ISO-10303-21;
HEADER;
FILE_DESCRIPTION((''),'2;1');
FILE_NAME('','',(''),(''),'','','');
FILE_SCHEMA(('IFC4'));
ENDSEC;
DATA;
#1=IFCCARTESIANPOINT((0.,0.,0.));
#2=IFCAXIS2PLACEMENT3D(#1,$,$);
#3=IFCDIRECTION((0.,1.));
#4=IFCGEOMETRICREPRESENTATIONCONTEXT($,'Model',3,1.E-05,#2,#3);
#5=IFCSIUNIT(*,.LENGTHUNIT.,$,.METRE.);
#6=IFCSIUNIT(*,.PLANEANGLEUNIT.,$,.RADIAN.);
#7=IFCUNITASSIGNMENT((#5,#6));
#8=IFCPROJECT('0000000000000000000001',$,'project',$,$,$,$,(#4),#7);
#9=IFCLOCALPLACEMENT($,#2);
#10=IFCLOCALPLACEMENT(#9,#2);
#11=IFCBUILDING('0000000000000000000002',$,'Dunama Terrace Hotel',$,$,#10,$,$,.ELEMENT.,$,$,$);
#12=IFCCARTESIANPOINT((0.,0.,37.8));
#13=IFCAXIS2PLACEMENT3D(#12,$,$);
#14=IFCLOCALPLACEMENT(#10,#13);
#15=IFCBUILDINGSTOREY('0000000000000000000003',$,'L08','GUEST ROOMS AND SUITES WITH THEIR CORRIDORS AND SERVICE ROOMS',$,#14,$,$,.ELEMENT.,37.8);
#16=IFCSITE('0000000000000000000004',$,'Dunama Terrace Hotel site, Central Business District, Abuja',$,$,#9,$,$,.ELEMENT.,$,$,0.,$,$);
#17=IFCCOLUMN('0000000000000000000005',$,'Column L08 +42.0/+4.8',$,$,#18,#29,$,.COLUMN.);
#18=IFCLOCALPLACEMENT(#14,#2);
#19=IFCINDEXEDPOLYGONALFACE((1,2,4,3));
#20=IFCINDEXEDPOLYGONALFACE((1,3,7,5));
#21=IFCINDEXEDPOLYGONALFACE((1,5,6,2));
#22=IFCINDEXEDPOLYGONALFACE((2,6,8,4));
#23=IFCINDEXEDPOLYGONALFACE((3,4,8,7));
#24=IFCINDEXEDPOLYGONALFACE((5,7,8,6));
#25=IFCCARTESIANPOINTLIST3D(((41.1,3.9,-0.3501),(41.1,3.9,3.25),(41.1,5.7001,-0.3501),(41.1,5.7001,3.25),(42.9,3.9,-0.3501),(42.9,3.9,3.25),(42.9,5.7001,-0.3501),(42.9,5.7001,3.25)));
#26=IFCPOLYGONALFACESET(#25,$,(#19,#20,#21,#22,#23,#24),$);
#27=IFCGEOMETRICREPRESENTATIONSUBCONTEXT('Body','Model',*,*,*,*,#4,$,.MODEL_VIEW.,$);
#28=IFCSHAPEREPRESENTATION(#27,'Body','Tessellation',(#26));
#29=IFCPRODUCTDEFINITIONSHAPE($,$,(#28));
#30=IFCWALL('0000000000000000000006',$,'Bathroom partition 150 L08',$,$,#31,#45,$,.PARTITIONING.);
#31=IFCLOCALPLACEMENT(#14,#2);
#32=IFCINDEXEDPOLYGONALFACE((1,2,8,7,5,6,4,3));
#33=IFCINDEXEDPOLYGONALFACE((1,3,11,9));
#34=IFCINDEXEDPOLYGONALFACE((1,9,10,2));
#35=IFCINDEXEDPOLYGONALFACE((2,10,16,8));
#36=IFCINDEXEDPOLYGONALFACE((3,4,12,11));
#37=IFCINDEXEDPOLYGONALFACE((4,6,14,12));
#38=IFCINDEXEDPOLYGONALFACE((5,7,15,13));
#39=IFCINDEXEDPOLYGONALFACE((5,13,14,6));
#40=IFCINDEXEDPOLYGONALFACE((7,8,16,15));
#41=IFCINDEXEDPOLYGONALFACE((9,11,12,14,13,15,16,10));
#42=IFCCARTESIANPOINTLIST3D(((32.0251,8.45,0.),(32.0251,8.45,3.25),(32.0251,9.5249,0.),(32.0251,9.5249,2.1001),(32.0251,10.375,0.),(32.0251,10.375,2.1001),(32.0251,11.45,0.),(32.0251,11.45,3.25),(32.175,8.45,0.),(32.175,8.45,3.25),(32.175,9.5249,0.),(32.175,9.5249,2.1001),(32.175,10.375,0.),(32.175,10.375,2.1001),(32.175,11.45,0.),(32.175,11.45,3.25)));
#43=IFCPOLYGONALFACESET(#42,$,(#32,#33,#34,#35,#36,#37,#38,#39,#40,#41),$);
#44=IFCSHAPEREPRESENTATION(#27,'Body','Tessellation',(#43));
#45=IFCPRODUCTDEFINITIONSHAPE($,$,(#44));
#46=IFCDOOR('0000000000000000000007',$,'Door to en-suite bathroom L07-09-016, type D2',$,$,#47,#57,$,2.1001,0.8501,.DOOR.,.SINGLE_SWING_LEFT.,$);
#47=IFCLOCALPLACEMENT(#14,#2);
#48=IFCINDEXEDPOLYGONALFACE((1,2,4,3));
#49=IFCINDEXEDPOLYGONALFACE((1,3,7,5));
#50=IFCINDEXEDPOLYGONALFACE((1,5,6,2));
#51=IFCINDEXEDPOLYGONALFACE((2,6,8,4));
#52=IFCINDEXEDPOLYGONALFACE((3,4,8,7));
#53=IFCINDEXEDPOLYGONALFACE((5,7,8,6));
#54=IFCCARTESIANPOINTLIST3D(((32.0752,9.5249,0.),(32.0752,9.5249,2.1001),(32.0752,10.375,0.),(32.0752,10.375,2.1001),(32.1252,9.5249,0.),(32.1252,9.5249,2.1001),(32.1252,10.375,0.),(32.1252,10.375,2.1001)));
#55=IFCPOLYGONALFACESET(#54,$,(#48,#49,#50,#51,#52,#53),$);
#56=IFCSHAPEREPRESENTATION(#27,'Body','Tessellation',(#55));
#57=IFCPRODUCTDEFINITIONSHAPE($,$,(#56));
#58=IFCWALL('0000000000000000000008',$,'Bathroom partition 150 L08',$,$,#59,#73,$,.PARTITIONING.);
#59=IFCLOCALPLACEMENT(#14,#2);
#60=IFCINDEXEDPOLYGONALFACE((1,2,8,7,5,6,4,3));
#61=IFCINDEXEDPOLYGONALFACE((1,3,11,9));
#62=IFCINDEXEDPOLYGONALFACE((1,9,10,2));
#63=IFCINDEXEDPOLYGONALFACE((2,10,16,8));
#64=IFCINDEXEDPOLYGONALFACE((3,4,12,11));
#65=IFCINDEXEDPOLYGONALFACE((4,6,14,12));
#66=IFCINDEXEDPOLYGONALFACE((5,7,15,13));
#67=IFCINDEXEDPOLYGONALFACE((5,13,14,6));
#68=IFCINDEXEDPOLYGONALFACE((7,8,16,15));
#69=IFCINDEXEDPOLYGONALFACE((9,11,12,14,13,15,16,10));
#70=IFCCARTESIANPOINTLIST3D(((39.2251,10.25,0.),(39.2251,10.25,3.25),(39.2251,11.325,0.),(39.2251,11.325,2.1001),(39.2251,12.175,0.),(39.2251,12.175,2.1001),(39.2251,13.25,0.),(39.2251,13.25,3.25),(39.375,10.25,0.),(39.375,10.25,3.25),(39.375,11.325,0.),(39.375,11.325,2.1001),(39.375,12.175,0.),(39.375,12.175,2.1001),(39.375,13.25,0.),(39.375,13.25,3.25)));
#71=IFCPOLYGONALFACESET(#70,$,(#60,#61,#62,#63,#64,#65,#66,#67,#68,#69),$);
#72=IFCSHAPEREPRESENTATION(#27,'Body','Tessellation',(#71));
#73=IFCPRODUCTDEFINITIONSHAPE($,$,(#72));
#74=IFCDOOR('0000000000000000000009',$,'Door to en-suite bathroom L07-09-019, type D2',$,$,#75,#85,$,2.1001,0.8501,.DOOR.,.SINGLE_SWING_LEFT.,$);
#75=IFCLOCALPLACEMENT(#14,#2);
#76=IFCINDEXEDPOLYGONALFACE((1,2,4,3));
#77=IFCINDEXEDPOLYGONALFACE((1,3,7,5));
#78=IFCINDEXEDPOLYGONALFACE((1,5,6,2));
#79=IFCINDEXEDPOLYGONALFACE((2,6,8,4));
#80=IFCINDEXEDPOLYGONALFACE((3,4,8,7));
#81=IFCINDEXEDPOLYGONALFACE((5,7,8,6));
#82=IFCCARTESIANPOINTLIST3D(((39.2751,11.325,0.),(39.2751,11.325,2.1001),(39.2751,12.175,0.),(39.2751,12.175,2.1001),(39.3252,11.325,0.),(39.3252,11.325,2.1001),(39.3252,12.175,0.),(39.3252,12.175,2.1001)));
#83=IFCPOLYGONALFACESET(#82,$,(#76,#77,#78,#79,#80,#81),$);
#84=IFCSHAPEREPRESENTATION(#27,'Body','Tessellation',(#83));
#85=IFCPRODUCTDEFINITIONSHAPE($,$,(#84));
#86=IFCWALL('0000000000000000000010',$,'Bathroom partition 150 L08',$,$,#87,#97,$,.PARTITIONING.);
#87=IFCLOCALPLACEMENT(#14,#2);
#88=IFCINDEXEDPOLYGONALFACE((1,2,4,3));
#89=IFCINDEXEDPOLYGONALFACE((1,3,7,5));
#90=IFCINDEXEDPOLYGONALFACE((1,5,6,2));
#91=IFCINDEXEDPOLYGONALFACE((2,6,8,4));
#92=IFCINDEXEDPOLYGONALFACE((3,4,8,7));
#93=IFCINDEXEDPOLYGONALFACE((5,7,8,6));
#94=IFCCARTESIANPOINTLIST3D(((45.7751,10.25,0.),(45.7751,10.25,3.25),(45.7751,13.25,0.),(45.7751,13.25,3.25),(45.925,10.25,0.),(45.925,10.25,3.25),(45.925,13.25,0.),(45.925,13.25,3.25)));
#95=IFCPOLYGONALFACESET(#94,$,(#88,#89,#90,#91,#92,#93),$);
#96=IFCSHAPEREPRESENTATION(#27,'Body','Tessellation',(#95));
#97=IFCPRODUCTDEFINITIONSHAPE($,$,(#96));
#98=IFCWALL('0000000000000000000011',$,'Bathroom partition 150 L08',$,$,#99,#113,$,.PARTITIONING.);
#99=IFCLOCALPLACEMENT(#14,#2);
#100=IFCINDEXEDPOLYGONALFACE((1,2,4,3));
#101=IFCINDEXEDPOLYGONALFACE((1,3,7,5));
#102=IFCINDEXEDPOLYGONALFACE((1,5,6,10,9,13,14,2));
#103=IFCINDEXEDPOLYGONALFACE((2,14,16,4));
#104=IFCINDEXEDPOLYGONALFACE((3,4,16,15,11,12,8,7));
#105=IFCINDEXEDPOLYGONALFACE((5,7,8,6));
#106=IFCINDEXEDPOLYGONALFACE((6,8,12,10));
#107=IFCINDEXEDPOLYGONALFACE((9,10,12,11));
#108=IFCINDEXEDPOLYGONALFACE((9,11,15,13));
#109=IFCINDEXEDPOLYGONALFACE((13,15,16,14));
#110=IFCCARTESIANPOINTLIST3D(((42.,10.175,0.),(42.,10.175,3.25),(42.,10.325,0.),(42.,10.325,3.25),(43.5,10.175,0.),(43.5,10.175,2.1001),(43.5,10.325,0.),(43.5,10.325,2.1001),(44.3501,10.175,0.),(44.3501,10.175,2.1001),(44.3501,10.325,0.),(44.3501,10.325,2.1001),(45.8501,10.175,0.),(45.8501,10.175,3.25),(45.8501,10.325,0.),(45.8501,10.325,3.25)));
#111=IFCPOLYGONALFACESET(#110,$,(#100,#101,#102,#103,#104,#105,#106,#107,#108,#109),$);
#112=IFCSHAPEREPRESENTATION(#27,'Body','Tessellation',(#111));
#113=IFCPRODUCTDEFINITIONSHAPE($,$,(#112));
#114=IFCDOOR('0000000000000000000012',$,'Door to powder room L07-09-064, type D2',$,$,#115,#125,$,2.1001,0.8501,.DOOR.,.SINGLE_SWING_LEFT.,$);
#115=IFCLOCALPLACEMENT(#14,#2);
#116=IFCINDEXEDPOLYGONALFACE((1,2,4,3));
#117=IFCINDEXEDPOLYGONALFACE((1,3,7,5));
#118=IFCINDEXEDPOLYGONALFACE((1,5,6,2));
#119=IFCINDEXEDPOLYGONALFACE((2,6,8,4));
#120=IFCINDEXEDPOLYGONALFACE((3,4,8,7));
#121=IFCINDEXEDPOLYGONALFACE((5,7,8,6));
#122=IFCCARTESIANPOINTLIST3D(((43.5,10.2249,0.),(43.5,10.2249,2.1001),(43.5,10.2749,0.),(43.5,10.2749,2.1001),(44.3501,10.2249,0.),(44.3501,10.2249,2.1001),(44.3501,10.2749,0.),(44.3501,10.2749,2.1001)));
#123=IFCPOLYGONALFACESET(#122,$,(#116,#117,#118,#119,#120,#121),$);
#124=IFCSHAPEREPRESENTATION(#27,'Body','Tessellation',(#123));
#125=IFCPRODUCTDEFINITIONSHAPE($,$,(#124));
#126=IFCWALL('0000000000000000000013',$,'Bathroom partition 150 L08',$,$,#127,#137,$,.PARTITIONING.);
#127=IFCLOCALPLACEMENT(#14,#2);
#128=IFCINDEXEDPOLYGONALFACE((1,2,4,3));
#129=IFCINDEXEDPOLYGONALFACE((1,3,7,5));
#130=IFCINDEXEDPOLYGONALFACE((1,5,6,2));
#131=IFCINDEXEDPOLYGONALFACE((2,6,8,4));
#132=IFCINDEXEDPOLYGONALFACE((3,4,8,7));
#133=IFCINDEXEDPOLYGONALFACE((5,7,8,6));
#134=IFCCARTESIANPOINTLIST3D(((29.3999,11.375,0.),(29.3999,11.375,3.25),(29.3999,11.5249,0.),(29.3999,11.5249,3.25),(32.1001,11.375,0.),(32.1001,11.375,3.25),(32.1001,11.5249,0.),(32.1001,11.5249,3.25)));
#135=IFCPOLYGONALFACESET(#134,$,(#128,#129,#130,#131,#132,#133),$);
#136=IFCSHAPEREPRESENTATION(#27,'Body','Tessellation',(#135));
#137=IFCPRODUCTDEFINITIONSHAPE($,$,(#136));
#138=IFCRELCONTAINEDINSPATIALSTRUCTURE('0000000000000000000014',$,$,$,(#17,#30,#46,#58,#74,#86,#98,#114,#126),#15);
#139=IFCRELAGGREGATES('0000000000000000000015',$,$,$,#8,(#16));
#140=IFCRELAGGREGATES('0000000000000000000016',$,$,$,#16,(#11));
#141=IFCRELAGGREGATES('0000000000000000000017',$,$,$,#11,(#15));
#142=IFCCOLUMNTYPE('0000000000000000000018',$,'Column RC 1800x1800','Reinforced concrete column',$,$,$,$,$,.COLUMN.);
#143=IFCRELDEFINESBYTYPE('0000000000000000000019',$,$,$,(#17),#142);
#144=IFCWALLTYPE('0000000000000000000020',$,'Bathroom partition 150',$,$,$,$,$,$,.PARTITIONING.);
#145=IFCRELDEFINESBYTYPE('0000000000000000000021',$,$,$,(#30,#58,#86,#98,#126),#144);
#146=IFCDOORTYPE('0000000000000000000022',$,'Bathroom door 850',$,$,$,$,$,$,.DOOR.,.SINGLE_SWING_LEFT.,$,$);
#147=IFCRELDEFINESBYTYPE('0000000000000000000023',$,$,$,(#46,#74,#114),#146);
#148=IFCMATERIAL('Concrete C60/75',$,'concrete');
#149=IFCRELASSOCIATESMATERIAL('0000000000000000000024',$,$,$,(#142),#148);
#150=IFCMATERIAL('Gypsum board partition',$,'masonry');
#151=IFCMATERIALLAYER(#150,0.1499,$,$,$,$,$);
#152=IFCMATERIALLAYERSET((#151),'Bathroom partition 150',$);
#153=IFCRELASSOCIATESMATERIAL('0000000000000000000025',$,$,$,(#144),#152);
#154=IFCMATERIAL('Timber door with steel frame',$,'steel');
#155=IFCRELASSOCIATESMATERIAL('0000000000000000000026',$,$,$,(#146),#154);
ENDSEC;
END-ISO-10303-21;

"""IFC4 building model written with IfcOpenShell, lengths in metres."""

from ifc_helpers import new_model, si_unit, direction, frame, frame_2d, origin, origin_2d, place, context, subcontext, project, spatial, rectangle, extrude, material, layer, layer_set, material_profile, profile_set, type_object, element, fill, save


model = new_model("IFC4")

# Units and contexts
model_context = context("Model", 3, precision=1e-05, world=origin(), true_north=direction((0.0, 1.0)))
body_context = subcontext(model_context, "Body", "Model", "MODEL_VIEW")
ifc_project = project(units=[si_unit("LENGTHUNIT", "METRE"), si_unit("PLANEANGLEUNIT", "RADIAN")], contexts=[model_context])

# Site, building, storey
site_placement = place(None, origin())
site = spatial("IfcSite", under=ifc_project, at=site_placement, Name="Dunama Terrace Hotel site, Central Business District, Abuja", CompositionType="ELEMENT", RefElevation=0.0)
building_placement = place(site_placement, origin())
building = spatial("IfcBuilding", under=site, at=building_placement, Name="Dunama Terrace Hotel", CompositionType="ELEMENT")
storey_placement = place(building_placement, frame((0.0, 0.0, 37.8)))
storey = spatial("IfcBuildingStorey", under=building, at=storey_placement, Name="L08", Description="GUEST ROOMS AND SUITES WITH THEIR CORRIDORS AND SERVICE ROOMS", CompositionType="ELEMENT", Elevation=37.8)

# Column
ifc_material_1 = material(Name="Concrete C60/75", Category="concrete")
ifc_material_profile = material_profile(ifc_material_1, rectangle(XDim=1.8, YDim=1.8, at=origin_2d()), Name="RC 1800x1800")
ifc_profile_set = profile_set([ifc_material_profile], Name="Concrete C60/75")
column_type = type_object("IfcColumnType", Name="Column RC 1800x1800", Description="Reinforced concrete column", PredefinedType="COLUMN", material=ifc_profile_set)
column_placement = place(storey_placement, frame((42.0, 4.8, -0.3501), z_axis=(0.0, 0.0, 1.0), x_axis=(1.0, 0.0, 0.0)))
element("IfcColumn", 1, at=column_placement, inside=storey, type_object=column_type, Name="Column L08 +42.0/+4.8", PredefinedType="COLUMN", context=body_context, shape_type="SweptSolid", body=[
    extrude(rectangle(XDim=1.8, YDim=1.8, at=origin_2d()), origin(), (0.0, 0.0, 1.0), 3.6001),
])

# Walls, openings, doors
ifc_material_2 = material(Name="Gypsum board partition", Category="masonry")
ifc_layer_1 = layer(ifc_material_2, 0.1499)
ifc_layer_set_1 = layer_set([ifc_layer_1], Name="Bathroom partition 150")
wall_type_1 = type_object("IfcWallType", Name="Bathroom partition 150", PredefinedType="PARTITIONING", material=ifc_layer_set_1)
wall_1_placement = place(storey_placement, frame((32.1001, 8.45, 0.0), z_axis=(0.0, 0.0, 1.0), x_axis=(0.0, 1.0, 0.0)))
wall_1 = element("IfcWall", 2, at=wall_1_placement, inside=storey, type_object=wall_type_1, Name="Bathroom partition 150 L08", PredefinedType="PARTITIONING", context=body_context, shape_type="SweptSolid", body=[
    extrude(rectangle(XDim=3.0, YDim=0.1499, at=frame_2d((1.5, 0.0))), origin(), (0.0, 0.0, 1.0), 3.25),
])
opening_1_placement = place(wall_1_placement, frame((1.075, 0.0, 0.0)))
opening_1 = element("IfcOpeningElement", 3, at=opening_1_placement, cuts=wall_1, PredefinedType="OPENING", context=body_context, shape_type="SweptSolid", body=[
    extrude(rectangle(XDim=0.8501, YDim=2.1001, at=frame_2d((0.425, 1.05))), frame((0.0, 0.085, 0.0), z_axis=(0.0, -1.0, 0.0), x_axis=(1.0, 0.0, 0.0)), (0.0, 0.0, 1.0), 0.1699),
])
ifc_material_3 = material(Name="Timber door with steel frame", Category="steel")
door_type_1 = type_object("IfcDoorType", Name="Bathroom door 850", OperationType="SINGLE_SWING_LEFT", PredefinedType="DOOR", material=ifc_material_3)
door_1_placement = place(opening_1_placement, origin())
door_1 = element("IfcDoor", 4, at=door_1_placement, inside=storey, type_object=door_type_1, Name="Door to en-suite bathroom L07-09-016, type D2", OperationType="SINGLE_SWING_LEFT", OverallHeight=2.1001, OverallWidth=0.8501, PredefinedType="DOOR", context=body_context, shape_type="SweptSolid", body=[
    extrude(rectangle(XDim=0.8501, YDim=2.1001, at=frame_2d((0.425, 1.05))), frame((0.0, 0.0249, 0.0), z_axis=(0.0, -1.0, 0.0), x_axis=(1.0, 0.0, 0.0)), (0.0, 0.0, 1.0), 0.05),
])
fill(opening_1, door_1)
wall_2_placement = place(storey_placement, frame((39.3, 10.25, 0.0), z_axis=(0.0, 0.0, 1.0), x_axis=(0.0, 1.0, 0.0)))
wall_2 = element("IfcWall", 5, at=wall_2_placement, inside=storey, type_object=wall_type_1, Name="Bathroom partition 150 L08", PredefinedType="PARTITIONING", context=body_context, shape_type="SweptSolid", body=[
    extrude(rectangle(XDim=3.0, YDim=0.1499, at=frame_2d((1.5, 0.0))), origin(), (0.0, 0.0, 1.0), 3.25),
])
opening_2_placement = place(wall_2_placement, frame((1.075, 0.0, 0.0)))
opening_2 = element("IfcOpeningElement", 6, at=opening_2_placement, cuts=wall_2, PredefinedType="OPENING", context=body_context, shape_type="SweptSolid", body=[
    extrude(rectangle(XDim=0.8501, YDim=2.1001, at=frame_2d((0.425, 1.05))), frame((0.0, 0.085, 0.0), z_axis=(0.0, -1.0, 0.0), x_axis=(1.0, 0.0, 0.0)), (0.0, 0.0, 1.0), 0.1699),
])
door_2_placement = place(opening_2_placement, frame((0.8501, 0.0, 0.0), z_axis=(0.0, 0.0, 1.0), x_axis=(-1.0, 0.0, 0.0)))
door_2 = element("IfcDoor", 7, at=door_2_placement, inside=storey, type_object=door_type_1, Name="Door to en-suite bathroom L07-09-019, type D2", OperationType="SINGLE_SWING_LEFT", OverallHeight=2.1001, OverallWidth=0.8501, PredefinedType="DOOR", context=body_context, shape_type="SweptSolid", body=[
    extrude(rectangle(XDim=0.8501, YDim=2.1001, at=frame_2d((0.425, 1.05))), frame((0.0, 0.0251, 0.0), z_axis=(0.0, -1.0, 0.0), x_axis=(1.0, 0.0, 0.0)), (0.0, 0.0, 1.0), 0.05),
])
fill(opening_2, door_2)

# Wall
wall_3_placement = place(storey_placement, frame((45.8501, 10.25, 0.0), z_axis=(0.0, 0.0, 1.0), x_axis=(0.0, 1.0, 0.0)))
element("IfcWall", 8, at=wall_3_placement, inside=storey, type_object=wall_type_1, Name="Bathroom partition 150 L08", PredefinedType="PARTITIONING", context=body_context, shape_type="SweptSolid", body=[
    extrude(rectangle(XDim=3.0, YDim=0.1499, at=frame_2d((1.5, 0.0))), origin(), (0.0, 0.0, 1.0), 3.25),
])

# Wall, opening, door
wall_4_placement = place(storey_placement, frame((42.0, 10.25, 0.0), z_axis=(0.0, 0.0, 1.0), x_axis=(1.0, 0.0, 0.0)))
wall_4 = element("IfcWall", 9, at=wall_4_placement, inside=storey, type_object=wall_type_1, Name="Bathroom partition 150 L08", PredefinedType="PARTITIONING", context=body_context, shape_type="SweptSolid", body=[
    extrude(rectangle(XDim=3.8501, YDim=0.1499, at=frame_2d((1.925, 0.0))), origin(), (0.0, 0.0, 1.0), 3.25),
])
opening_3_placement = place(wall_4_placement, frame((1.5, 0.0, 0.0)))
opening_3 = element("IfcOpeningElement", 10, at=opening_3_placement, cuts=wall_4, PredefinedType="OPENING", context=body_context, shape_type="SweptSolid", body=[
    extrude(rectangle(XDim=0.8501, YDim=2.1001, at=frame_2d((0.425, 1.05))), frame((0.0, 0.085, 0.0), z_axis=(0.0, -1.0, 0.0), x_axis=(1.0, 0.0, 0.0)), (0.0, 0.0, 1.0), 0.1699),
])
door_3_placement = place(opening_3_placement, origin())
door_3 = element("IfcDoor", 11, at=door_3_placement, inside=storey, type_object=door_type_1, Name="Door to powder room L07-09-064, type D2", OperationType="SINGLE_SWING_LEFT", OverallHeight=2.1001, OverallWidth=0.8501, PredefinedType="DOOR", context=body_context, shape_type="SweptSolid", body=[
    extrude(rectangle(XDim=0.8501, YDim=2.1001, at=frame_2d((0.425, 1.05))), frame((0.0, 0.0249, 0.0), z_axis=(0.0, -1.0, 0.0), x_axis=(1.0, 0.0, 0.0)), (0.0, 0.0, 1.0), 0.05),
])
fill(opening_3, door_3)

# Wall
wall_5_placement = place(storey_placement, frame((29.3999, 11.45, 0.0), z_axis=(0.0, 0.0, 1.0), x_axis=(1.0, 0.0, 0.0)))
element("IfcWall", 12, at=wall_5_placement, inside=storey, type_object=wall_type_1, Name="Bathroom partition 150 L08", PredefinedType="PARTITIONING", context=body_context, shape_type="SweptSolid", body=[
    extrude(rectangle(XDim=2.7002, YDim=0.1499, at=frame_2d((1.3501, 0.0))), origin(), (0.0, 0.0, 1.0), 3.25),
])

save(model, "model.ifc")
